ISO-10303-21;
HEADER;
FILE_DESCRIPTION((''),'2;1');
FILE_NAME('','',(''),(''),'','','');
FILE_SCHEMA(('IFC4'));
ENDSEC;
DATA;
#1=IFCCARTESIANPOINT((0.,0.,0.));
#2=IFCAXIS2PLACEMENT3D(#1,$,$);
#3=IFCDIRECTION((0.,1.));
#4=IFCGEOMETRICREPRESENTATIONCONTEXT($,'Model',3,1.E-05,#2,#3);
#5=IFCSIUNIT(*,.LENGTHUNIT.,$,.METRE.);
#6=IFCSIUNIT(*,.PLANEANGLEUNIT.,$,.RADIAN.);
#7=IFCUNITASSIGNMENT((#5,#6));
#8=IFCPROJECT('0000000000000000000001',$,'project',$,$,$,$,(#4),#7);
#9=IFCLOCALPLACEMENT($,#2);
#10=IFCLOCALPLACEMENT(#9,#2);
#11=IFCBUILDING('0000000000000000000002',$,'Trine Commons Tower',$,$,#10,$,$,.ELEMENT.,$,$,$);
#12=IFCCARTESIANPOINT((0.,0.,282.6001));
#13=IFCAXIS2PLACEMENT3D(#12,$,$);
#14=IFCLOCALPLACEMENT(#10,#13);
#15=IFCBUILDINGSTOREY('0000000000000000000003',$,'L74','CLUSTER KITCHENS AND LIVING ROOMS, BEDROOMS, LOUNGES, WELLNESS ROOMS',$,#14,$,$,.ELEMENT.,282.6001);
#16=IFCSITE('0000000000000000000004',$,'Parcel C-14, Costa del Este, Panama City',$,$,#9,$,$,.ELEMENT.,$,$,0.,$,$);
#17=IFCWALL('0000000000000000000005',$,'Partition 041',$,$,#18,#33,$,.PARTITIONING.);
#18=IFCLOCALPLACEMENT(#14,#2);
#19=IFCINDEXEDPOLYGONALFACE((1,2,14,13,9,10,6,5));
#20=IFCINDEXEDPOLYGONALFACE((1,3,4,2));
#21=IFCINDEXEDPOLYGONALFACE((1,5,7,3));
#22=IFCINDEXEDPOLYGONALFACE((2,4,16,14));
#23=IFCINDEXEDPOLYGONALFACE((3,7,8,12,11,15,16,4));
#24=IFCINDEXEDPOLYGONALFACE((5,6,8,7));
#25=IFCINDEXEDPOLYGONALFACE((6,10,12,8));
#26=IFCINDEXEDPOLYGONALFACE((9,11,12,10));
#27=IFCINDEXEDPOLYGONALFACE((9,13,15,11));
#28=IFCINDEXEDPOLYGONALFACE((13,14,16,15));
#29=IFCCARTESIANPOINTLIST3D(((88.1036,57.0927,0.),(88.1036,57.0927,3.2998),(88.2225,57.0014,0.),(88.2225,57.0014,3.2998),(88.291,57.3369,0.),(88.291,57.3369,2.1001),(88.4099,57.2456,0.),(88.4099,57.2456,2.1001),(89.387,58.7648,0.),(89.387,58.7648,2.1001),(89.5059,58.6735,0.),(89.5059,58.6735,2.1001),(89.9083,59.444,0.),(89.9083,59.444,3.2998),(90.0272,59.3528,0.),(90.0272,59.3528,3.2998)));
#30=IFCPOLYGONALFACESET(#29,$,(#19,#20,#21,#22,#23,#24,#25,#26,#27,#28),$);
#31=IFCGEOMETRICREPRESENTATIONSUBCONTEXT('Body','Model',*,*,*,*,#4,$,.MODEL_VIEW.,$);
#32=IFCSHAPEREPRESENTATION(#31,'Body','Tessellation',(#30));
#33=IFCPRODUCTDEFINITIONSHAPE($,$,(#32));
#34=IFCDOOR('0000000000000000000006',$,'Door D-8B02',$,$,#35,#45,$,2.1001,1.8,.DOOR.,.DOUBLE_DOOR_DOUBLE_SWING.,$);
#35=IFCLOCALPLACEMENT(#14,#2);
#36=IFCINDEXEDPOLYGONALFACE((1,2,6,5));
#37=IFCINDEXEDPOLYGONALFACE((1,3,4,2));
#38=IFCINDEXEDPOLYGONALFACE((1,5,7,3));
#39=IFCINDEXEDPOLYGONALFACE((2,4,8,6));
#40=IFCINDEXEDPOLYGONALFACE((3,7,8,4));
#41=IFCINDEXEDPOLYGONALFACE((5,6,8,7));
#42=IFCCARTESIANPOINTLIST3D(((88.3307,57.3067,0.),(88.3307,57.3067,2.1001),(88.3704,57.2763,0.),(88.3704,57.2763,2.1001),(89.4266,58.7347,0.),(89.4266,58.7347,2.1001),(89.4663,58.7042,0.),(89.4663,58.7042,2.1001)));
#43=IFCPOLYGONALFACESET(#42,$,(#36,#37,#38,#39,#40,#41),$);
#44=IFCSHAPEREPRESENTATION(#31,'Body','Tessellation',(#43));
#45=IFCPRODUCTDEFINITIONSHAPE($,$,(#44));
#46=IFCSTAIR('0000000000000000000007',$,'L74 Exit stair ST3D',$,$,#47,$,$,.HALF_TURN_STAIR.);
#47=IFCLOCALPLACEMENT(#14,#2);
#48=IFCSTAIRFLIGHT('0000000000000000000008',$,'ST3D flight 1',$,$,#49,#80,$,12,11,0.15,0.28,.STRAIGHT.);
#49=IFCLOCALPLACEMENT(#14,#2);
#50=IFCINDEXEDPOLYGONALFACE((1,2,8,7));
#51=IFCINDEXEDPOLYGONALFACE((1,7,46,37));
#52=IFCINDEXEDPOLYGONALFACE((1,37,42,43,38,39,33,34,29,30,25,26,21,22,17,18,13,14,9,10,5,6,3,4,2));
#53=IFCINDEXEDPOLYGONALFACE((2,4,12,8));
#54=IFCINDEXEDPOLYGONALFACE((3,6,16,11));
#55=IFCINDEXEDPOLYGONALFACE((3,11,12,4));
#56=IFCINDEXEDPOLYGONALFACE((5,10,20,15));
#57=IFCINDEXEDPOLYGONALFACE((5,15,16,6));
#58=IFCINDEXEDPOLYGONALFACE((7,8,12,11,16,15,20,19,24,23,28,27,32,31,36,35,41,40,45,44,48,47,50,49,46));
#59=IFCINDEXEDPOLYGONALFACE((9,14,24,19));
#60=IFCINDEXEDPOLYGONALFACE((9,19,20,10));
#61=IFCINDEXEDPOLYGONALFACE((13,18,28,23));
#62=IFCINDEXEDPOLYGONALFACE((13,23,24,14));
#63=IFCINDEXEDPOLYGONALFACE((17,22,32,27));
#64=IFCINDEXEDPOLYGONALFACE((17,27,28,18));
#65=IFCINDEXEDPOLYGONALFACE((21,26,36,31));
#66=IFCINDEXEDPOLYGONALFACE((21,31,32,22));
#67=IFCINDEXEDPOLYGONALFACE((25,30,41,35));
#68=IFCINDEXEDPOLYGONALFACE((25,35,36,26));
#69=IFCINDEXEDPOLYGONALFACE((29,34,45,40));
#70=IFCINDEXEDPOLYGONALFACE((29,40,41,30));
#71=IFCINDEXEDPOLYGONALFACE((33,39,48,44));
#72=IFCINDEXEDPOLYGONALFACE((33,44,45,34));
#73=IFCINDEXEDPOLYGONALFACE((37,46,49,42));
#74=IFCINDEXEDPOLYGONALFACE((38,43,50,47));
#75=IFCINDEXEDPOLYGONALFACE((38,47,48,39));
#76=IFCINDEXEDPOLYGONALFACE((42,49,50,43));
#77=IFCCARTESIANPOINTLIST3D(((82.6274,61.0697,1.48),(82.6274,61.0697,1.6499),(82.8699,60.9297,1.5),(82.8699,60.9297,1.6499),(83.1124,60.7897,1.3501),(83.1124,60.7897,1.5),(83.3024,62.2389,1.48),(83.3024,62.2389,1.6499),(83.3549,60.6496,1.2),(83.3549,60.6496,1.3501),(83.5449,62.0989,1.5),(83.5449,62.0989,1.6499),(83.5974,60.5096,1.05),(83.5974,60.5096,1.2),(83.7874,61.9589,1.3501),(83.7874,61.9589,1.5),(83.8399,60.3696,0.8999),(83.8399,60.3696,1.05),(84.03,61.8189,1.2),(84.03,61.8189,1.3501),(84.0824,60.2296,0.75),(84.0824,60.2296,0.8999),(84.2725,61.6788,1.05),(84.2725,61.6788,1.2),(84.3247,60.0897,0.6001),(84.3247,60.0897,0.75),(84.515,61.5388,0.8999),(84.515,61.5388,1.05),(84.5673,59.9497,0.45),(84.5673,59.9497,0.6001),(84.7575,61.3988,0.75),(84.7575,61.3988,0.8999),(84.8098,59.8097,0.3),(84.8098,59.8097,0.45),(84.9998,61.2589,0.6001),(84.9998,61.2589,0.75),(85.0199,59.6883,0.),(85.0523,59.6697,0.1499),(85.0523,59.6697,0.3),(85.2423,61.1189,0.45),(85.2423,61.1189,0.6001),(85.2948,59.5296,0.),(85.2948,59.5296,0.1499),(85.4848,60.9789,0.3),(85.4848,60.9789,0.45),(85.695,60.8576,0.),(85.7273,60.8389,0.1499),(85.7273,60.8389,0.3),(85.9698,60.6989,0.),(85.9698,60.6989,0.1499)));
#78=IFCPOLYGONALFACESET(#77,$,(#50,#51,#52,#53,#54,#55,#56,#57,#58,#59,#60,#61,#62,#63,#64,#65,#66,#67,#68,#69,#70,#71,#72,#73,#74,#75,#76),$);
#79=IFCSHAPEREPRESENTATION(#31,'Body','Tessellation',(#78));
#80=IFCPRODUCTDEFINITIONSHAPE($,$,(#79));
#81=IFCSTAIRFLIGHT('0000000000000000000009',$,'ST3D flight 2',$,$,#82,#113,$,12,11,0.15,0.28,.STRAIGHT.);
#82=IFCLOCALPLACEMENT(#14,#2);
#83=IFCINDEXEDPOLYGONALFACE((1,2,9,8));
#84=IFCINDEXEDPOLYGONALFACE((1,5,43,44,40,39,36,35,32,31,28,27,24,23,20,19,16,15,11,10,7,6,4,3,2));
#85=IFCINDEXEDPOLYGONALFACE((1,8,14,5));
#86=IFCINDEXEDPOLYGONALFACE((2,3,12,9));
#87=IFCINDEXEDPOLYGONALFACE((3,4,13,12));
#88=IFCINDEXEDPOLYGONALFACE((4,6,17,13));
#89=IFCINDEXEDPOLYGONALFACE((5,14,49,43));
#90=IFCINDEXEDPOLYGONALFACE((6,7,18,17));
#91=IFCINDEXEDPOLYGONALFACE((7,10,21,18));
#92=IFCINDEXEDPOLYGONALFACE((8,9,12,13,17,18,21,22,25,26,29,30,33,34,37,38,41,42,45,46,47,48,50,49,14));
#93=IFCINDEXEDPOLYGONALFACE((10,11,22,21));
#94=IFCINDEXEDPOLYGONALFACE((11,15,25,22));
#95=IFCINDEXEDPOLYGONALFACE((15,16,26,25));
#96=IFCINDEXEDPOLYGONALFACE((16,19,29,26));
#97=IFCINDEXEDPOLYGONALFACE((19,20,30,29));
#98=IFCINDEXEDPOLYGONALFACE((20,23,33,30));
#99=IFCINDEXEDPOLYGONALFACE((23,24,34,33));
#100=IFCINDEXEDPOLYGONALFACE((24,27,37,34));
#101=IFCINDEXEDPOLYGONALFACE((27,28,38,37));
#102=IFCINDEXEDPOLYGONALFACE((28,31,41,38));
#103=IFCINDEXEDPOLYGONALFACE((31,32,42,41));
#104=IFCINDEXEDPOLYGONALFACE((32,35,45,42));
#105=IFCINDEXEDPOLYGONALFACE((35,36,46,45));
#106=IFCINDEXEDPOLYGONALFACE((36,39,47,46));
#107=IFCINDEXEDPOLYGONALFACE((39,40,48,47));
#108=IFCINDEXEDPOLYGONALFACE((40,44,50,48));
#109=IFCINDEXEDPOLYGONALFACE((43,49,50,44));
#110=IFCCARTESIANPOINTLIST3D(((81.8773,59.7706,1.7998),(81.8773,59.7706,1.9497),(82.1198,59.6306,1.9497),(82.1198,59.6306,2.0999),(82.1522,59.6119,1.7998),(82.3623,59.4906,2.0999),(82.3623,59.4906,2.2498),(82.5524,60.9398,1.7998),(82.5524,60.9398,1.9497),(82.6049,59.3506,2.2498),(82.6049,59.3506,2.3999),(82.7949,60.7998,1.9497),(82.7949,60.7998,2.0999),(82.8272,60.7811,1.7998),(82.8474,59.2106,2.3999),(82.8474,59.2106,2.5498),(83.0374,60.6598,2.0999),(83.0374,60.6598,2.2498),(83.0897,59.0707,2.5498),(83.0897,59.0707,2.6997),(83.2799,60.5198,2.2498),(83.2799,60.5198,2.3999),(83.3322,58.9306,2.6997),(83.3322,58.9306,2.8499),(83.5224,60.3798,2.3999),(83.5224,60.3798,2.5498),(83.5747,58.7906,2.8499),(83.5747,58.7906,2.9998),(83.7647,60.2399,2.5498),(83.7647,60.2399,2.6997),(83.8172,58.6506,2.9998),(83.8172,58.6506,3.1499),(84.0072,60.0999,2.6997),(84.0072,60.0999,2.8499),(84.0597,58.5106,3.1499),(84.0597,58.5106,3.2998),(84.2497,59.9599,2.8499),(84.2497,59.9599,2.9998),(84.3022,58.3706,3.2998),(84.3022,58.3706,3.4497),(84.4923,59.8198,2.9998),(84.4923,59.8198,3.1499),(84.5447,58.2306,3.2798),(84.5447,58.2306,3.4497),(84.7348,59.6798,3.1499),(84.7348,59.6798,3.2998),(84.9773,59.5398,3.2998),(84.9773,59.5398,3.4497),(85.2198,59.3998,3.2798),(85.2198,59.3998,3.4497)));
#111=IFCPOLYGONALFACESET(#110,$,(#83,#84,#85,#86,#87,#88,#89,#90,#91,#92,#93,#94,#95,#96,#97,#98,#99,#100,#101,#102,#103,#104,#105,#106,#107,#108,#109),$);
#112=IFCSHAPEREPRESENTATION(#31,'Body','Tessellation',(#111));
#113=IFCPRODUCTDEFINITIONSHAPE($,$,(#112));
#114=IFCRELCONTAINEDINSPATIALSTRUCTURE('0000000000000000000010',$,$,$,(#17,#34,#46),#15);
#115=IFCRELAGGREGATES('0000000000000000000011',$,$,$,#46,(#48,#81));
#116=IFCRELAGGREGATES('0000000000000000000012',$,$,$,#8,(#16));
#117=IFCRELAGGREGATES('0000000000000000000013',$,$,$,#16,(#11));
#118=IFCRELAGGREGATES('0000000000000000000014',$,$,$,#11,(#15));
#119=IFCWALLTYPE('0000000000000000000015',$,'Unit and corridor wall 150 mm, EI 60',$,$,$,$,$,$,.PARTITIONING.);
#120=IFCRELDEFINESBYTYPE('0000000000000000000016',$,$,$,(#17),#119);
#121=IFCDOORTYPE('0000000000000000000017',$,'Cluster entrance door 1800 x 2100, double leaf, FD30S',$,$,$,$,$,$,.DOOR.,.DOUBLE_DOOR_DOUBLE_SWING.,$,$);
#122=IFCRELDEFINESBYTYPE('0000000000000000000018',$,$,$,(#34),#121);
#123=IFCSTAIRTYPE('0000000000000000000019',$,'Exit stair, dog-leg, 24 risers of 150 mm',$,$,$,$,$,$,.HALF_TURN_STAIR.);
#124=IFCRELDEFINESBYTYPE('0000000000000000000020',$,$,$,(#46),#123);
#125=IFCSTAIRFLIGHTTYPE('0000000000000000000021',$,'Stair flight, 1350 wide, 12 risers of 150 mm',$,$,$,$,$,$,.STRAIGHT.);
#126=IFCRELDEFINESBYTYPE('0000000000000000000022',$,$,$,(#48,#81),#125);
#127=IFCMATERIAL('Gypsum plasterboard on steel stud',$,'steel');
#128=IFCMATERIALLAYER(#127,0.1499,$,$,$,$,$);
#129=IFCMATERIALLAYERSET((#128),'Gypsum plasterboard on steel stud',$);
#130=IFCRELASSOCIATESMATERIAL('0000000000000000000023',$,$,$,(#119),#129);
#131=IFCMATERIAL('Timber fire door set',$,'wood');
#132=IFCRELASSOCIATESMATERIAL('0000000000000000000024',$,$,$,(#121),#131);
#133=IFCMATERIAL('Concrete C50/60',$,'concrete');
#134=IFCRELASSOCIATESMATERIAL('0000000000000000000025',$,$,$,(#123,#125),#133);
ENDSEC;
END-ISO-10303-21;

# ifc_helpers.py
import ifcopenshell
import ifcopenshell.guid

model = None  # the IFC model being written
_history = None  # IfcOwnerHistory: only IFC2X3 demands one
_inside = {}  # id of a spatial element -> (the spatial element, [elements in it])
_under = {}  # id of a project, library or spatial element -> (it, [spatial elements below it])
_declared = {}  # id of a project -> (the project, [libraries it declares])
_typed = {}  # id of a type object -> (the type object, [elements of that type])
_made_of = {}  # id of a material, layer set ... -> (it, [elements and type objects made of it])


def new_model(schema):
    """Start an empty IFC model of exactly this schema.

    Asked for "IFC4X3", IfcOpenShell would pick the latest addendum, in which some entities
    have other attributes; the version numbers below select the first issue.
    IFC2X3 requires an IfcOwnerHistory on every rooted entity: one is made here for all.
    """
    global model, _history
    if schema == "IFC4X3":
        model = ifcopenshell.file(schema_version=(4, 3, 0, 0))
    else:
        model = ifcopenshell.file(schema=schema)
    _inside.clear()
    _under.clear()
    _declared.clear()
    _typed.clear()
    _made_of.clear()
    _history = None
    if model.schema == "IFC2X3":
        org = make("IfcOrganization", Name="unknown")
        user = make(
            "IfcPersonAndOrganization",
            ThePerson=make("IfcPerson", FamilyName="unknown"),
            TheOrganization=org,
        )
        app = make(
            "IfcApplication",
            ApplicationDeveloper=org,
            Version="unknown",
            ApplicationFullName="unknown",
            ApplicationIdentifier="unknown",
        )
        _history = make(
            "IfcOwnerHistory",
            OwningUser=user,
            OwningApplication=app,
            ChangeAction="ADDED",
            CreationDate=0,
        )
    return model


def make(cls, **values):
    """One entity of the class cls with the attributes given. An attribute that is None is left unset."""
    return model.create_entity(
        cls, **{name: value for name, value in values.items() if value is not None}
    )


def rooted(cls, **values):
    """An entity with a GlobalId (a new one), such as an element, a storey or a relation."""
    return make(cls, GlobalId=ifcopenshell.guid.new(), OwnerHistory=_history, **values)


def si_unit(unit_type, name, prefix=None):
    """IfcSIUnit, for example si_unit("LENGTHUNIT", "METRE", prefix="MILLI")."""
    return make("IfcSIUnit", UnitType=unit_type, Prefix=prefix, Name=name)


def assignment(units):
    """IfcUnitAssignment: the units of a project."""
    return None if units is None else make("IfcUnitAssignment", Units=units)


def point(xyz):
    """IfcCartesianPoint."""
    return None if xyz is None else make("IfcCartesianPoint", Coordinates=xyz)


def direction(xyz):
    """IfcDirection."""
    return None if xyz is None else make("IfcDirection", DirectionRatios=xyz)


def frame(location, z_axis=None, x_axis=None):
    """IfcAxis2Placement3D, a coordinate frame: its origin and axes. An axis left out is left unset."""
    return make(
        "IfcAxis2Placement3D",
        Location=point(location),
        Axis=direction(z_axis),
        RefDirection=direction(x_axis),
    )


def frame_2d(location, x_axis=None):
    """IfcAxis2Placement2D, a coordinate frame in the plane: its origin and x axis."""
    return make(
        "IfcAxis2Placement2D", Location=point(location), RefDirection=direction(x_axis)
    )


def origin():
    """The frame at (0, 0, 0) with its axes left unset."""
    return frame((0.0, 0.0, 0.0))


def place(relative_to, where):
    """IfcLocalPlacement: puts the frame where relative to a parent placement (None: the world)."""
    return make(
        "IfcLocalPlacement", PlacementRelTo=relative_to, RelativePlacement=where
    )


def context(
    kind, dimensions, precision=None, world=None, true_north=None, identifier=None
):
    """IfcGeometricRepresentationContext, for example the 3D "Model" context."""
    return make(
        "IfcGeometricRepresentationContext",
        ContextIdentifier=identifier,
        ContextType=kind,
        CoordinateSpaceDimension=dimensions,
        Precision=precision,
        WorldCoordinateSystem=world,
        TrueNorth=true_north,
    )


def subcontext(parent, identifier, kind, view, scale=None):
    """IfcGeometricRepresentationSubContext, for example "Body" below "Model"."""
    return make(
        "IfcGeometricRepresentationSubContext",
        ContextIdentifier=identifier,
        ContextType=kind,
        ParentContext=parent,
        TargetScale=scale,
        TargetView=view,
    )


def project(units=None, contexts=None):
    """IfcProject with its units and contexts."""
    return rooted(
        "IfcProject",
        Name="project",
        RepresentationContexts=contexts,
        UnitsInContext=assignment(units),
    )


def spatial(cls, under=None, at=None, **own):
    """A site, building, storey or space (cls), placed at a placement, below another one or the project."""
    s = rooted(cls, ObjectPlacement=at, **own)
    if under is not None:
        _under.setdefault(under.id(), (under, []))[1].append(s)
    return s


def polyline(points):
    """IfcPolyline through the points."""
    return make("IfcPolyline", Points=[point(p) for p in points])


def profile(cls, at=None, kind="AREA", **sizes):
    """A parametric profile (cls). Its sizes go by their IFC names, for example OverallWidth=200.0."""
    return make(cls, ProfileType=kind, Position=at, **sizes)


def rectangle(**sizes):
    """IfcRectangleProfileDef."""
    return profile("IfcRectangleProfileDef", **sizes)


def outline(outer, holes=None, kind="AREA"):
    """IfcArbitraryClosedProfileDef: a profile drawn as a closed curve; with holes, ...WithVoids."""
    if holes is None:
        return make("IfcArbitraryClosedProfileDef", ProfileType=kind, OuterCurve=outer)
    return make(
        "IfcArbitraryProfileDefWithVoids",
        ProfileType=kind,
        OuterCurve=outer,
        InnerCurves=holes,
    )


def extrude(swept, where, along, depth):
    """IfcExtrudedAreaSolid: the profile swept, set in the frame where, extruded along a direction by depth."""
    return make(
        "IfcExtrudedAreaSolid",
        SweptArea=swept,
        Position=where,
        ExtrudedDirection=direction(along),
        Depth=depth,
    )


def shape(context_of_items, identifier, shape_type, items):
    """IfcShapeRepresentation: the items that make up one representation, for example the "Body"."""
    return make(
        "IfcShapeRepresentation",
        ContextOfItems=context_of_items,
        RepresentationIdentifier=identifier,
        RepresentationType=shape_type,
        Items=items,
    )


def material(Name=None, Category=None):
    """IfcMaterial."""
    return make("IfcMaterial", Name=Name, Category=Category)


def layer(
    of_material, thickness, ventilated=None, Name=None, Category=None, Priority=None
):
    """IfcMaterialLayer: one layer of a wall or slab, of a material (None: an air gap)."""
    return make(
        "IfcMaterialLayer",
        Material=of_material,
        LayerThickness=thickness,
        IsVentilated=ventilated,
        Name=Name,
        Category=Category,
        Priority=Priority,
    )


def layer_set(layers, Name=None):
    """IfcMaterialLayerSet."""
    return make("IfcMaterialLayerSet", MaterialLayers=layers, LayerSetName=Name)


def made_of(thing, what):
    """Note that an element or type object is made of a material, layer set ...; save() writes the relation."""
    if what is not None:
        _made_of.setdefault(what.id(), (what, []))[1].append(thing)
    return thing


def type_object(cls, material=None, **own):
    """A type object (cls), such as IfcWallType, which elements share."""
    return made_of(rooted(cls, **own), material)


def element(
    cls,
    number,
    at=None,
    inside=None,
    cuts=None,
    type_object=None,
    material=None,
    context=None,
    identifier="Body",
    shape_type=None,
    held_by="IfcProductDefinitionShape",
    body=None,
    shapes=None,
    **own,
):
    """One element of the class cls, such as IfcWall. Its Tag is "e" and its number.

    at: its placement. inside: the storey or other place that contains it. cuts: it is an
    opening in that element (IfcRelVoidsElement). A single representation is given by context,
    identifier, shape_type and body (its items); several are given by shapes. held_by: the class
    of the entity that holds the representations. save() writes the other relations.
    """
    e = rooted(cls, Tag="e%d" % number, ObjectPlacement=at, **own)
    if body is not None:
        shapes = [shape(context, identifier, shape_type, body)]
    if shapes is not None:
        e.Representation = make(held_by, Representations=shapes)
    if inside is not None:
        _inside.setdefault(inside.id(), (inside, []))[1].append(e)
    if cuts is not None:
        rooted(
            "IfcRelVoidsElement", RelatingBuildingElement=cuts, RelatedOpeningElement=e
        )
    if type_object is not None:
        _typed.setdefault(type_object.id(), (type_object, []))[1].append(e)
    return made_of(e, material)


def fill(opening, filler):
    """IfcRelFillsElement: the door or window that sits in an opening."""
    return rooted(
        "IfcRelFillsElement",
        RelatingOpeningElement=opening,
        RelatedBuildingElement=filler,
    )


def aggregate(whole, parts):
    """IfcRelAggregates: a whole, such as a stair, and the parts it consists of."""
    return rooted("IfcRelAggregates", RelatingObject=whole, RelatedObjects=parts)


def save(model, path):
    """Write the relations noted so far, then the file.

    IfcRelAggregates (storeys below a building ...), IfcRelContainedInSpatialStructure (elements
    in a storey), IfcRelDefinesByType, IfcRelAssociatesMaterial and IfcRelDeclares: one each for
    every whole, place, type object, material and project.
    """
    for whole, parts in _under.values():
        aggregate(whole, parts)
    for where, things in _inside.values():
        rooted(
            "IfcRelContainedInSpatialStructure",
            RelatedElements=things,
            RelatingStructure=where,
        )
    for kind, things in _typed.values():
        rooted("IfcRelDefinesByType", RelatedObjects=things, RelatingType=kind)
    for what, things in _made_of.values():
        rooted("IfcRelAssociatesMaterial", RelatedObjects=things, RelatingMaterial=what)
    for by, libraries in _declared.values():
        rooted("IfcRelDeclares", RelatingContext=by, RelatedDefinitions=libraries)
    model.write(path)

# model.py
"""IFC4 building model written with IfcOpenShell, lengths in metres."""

from ifc_helpers import new_model, si_unit, direction, frame, frame_2d, origin, place, context, subcontext, project, spatial, polyline, rectangle, outline, extrude, material, layer, layer_set, type_object, element, fill, aggregate, save


model = new_model("IFC4")

# Units and contexts
model_context = context("Model", 3, precision=1e-05, world=origin(), true_north=direction((0.0, 1.0)))
body_context = subcontext(model_context, "Body", "Model", "MODEL_VIEW")
ifc_project = project(units=[si_unit("LENGTHUNIT", "METRE"), si_unit("PLANEANGLEUNIT", "RADIAN")], contexts=[model_context])

# Site, building, storey
site_placement = place(None, origin())
site = spatial("IfcSite", under=ifc_project, at=site_placement, Name="Parcel C-14, Costa del Este, Panama City", CompositionType="ELEMENT", RefElevation=0.0)
building_placement = place(site_placement, origin())
building = spatial("IfcBuilding", under=site, at=building_placement, Name="Trine Commons Tower", CompositionType="ELEMENT")
storey_placement = place(building_placement, frame((0.0, 0.0, 282.6001)))
storey = spatial("IfcBuildingStorey", under=building, at=storey_placement, Name="L74", Description="CLUSTER KITCHENS AND LIVING ROOMS, BEDROOMS, LOUNGES, WELLNESS ROOMS", CompositionType="ELEMENT", Elevation=282.6001)

# Shared definitions
ifc_material_1 = material(Name="Concrete C50/60", Category="concrete")

# Wall, opening, door
ifc_material_2 = material(Name="Gypsum plasterboard on steel stud", Category="steel")
ifc_layer_1 = layer(ifc_material_2, 0.1499)
ifc_layer_set_1 = layer_set([ifc_layer_1], Name="Gypsum plasterboard on steel stud")
wall_type_1 = type_object("IfcWallType", Name="Unit and corridor wall 150 mm, EI 60", PredefinedType="PARTITIONING", material=ifc_layer_set_1)
wall_1_placement = place(storey_placement, frame((88.1631, 57.0471, 0.0), z_axis=(0.0, 0.0, 1.0), x_axis=(0.608859, 0.793279, 0.0)))
wall_1 = element("IfcWall", 1, at=wall_1_placement, inside=storey, type_object=wall_type_1, Name="Partition 041", PredefinedType="PARTITIONING", context=body_context, shape_type="SweptSolid", body=[
    extrude(rectangle(XDim=2.9641, YDim=0.1499, at=frame_2d((1.4819, 0.0))), origin(), (0.0, 0.0, 1.0), 3.2998),
])
opening_1_placement = place(wall_1_placement, frame((0.3079, 0.0, 0.0)))
opening_1 = element("IfcOpeningElement", 2, at=opening_1_placement, cuts=wall_1, PredefinedType="OPENING", context=body_context, shape_type="SweptSolid", body=[
    extrude(rectangle(XDim=1.8, YDim=2.1001, at=frame_2d((0.8999, 1.05))), frame((0.0, 0.085, 0.0), z_axis=(0.0, -1.0, 0.0), x_axis=(1.0, 0.0, 0.0)), (0.0, 0.0, 1.0), 0.1699),
])
ifc_material_3 = material(Name="Timber fire door set", Category="wood")
door_type_1 = type_object("IfcDoorType", Name="Cluster entrance door 1800 x 2100, double leaf, FD30S", OperationType="DOUBLE_DOOR_DOUBLE_SWING", PredefinedType="DOOR", material=ifc_material_3)
door_1_placement = place(opening_1_placement, frame((1.8, 0.0, 0.0), z_axis=(0.0, 0.0, 1.0), x_axis=(-1.0, 0.0, 0.0)))
door_1 = element("IfcDoor", 3, at=door_1_placement, inside=storey, type_object=door_type_1, Name="Door D-8B02", OperationType="DOUBLE_DOOR_DOUBLE_SWING", OverallHeight=2.1001, OverallWidth=1.8, PredefinedType="DOOR", context=body_context, shape_type="SweptSolid", body=[
    extrude(rectangle(XDim=1.8, YDim=2.1001, at=frame_2d((0.8999, 1.05))), frame((0.0, 0.0249, 0.0), z_axis=(0.0, -1.0, 0.0), x_axis=(1.0, 0.0, 0.0)), (0.0, 0.0, 1.0), 0.05),
])
fill(opening_1, door_1)

# Stair, stair flights
stair_type = type_object("IfcStairType", Name="Exit stair, dog-leg, 24 risers of 150 mm", PredefinedType="HALF_TURN_STAIR", material=ifc_material_1)
stair_placement = place(storey_placement, origin())
stair = element("IfcStair", 4, at=stair_placement, inside=storey, type_object=stair_type, Name="L74 Exit stair ST3D", PredefinedType="HALF_TURN_STAIR")
stair_flight_type = type_object("IfcStairFlightType", Name="Stair flight, 1350 wide, 12 risers of 150 mm", PredefinedType="STRAIGHT", material=ifc_material_1)
stair_flight_1_placement = place(storey_placement, frame((85.6323, 60.1143, 0.0), z_axis=(0.0, 0.0, 1.0), x_axis=(-0.866025, 0.5, 0.0)))
stair_flight_1 = element("IfcStairFlight", 5, at=stair_flight_1_placement, type_object=stair_flight_type, Name="ST3D flight 1", NumberOfRisers=12, NumberOfTreads=11, PredefinedType="STRAIGHT", RiserHeight=0.15, TreadLength=0.28, context=body_context, shape_type="SweptSolid", body=[
    extrude(outline(polyline([(0.0, 0.0), (0.0, 0.1499), (0.28, 0.1499), (0.28, 0.3), (0.5601, 0.3), (0.5601, 0.45), (0.8401, 0.45), (0.8401, 0.6001), (1.1201, 0.6001), (1.1201, 0.75), (1.3999, 0.75), (1.3999, 0.8999), (1.6799, 0.8999), (1.6799, 1.05), (1.96, 1.05), (1.96, 1.2), (2.24, 1.2), (2.24, 1.3501), (2.52, 1.3501), (2.52, 1.5), (2.8, 1.5), (2.8, 1.6499), (3.0801, 1.6499), (3.0801, 1.8), (3.0801, 1.48), (0.3174, 0.0), (0.0, 0.0)])), frame((0.0, 0.675, 0.0), z_axis=(0.0, -1.0, 0.0), x_axis=(1.0, 0.0, 0.0)), (0.0, 0.0, 1.0), 1.3501),
])
stair_flight_2_placement = place(storey_placement, frame((82.2148, 60.3552, 1.7998), z_axis=(0.0, 0.0, 1.0), x_axis=(0.866025, -0.5, 0.0)))
stair_flight_2 = element("IfcStairFlight", 6, at=stair_flight_2_placement, type_object=stair_flight_type, Name="ST3D flight 2", NumberOfRisers=12, NumberOfTreads=11, PredefinedType="STRAIGHT", RiserHeight=0.15, TreadLength=0.28, context=body_context, shape_type="SweptSolid", body=[
    extrude(outline(polyline([(0.0, 0.0), (0.0, 0.1499), (0.28, 0.1499), (0.28, 0.3), (0.5601, 0.3), (0.5601, 0.45), (0.8401, 0.45), (0.8401, 0.6001), (1.1201, 0.6001), (1.1201, 0.75), (1.3999, 0.75), (1.3999, 0.8999), (1.6799, 0.8999), (1.6799, 1.05), (1.96, 1.05), (1.96, 1.2), (2.24, 1.2), (2.24, 1.3501), (2.52, 1.3501), (2.52, 1.5), (2.8, 1.5), (2.8, 1.6499), (3.0801, 1.6499), (3.0801, 1.8), (3.0801, 1.48), (0.3174, 0.0), (0.0, 0.0)])), frame((0.0, 0.675, 0.0), z_axis=(0.0, -1.0, 0.0), x_axis=(1.0, 0.0, 0.0)), (0.0, 0.0, 1.0), 1.3501),
])
aggregate(stair, [stair_flight_1, stair_flight_2])

save(model, "model.ifc")
